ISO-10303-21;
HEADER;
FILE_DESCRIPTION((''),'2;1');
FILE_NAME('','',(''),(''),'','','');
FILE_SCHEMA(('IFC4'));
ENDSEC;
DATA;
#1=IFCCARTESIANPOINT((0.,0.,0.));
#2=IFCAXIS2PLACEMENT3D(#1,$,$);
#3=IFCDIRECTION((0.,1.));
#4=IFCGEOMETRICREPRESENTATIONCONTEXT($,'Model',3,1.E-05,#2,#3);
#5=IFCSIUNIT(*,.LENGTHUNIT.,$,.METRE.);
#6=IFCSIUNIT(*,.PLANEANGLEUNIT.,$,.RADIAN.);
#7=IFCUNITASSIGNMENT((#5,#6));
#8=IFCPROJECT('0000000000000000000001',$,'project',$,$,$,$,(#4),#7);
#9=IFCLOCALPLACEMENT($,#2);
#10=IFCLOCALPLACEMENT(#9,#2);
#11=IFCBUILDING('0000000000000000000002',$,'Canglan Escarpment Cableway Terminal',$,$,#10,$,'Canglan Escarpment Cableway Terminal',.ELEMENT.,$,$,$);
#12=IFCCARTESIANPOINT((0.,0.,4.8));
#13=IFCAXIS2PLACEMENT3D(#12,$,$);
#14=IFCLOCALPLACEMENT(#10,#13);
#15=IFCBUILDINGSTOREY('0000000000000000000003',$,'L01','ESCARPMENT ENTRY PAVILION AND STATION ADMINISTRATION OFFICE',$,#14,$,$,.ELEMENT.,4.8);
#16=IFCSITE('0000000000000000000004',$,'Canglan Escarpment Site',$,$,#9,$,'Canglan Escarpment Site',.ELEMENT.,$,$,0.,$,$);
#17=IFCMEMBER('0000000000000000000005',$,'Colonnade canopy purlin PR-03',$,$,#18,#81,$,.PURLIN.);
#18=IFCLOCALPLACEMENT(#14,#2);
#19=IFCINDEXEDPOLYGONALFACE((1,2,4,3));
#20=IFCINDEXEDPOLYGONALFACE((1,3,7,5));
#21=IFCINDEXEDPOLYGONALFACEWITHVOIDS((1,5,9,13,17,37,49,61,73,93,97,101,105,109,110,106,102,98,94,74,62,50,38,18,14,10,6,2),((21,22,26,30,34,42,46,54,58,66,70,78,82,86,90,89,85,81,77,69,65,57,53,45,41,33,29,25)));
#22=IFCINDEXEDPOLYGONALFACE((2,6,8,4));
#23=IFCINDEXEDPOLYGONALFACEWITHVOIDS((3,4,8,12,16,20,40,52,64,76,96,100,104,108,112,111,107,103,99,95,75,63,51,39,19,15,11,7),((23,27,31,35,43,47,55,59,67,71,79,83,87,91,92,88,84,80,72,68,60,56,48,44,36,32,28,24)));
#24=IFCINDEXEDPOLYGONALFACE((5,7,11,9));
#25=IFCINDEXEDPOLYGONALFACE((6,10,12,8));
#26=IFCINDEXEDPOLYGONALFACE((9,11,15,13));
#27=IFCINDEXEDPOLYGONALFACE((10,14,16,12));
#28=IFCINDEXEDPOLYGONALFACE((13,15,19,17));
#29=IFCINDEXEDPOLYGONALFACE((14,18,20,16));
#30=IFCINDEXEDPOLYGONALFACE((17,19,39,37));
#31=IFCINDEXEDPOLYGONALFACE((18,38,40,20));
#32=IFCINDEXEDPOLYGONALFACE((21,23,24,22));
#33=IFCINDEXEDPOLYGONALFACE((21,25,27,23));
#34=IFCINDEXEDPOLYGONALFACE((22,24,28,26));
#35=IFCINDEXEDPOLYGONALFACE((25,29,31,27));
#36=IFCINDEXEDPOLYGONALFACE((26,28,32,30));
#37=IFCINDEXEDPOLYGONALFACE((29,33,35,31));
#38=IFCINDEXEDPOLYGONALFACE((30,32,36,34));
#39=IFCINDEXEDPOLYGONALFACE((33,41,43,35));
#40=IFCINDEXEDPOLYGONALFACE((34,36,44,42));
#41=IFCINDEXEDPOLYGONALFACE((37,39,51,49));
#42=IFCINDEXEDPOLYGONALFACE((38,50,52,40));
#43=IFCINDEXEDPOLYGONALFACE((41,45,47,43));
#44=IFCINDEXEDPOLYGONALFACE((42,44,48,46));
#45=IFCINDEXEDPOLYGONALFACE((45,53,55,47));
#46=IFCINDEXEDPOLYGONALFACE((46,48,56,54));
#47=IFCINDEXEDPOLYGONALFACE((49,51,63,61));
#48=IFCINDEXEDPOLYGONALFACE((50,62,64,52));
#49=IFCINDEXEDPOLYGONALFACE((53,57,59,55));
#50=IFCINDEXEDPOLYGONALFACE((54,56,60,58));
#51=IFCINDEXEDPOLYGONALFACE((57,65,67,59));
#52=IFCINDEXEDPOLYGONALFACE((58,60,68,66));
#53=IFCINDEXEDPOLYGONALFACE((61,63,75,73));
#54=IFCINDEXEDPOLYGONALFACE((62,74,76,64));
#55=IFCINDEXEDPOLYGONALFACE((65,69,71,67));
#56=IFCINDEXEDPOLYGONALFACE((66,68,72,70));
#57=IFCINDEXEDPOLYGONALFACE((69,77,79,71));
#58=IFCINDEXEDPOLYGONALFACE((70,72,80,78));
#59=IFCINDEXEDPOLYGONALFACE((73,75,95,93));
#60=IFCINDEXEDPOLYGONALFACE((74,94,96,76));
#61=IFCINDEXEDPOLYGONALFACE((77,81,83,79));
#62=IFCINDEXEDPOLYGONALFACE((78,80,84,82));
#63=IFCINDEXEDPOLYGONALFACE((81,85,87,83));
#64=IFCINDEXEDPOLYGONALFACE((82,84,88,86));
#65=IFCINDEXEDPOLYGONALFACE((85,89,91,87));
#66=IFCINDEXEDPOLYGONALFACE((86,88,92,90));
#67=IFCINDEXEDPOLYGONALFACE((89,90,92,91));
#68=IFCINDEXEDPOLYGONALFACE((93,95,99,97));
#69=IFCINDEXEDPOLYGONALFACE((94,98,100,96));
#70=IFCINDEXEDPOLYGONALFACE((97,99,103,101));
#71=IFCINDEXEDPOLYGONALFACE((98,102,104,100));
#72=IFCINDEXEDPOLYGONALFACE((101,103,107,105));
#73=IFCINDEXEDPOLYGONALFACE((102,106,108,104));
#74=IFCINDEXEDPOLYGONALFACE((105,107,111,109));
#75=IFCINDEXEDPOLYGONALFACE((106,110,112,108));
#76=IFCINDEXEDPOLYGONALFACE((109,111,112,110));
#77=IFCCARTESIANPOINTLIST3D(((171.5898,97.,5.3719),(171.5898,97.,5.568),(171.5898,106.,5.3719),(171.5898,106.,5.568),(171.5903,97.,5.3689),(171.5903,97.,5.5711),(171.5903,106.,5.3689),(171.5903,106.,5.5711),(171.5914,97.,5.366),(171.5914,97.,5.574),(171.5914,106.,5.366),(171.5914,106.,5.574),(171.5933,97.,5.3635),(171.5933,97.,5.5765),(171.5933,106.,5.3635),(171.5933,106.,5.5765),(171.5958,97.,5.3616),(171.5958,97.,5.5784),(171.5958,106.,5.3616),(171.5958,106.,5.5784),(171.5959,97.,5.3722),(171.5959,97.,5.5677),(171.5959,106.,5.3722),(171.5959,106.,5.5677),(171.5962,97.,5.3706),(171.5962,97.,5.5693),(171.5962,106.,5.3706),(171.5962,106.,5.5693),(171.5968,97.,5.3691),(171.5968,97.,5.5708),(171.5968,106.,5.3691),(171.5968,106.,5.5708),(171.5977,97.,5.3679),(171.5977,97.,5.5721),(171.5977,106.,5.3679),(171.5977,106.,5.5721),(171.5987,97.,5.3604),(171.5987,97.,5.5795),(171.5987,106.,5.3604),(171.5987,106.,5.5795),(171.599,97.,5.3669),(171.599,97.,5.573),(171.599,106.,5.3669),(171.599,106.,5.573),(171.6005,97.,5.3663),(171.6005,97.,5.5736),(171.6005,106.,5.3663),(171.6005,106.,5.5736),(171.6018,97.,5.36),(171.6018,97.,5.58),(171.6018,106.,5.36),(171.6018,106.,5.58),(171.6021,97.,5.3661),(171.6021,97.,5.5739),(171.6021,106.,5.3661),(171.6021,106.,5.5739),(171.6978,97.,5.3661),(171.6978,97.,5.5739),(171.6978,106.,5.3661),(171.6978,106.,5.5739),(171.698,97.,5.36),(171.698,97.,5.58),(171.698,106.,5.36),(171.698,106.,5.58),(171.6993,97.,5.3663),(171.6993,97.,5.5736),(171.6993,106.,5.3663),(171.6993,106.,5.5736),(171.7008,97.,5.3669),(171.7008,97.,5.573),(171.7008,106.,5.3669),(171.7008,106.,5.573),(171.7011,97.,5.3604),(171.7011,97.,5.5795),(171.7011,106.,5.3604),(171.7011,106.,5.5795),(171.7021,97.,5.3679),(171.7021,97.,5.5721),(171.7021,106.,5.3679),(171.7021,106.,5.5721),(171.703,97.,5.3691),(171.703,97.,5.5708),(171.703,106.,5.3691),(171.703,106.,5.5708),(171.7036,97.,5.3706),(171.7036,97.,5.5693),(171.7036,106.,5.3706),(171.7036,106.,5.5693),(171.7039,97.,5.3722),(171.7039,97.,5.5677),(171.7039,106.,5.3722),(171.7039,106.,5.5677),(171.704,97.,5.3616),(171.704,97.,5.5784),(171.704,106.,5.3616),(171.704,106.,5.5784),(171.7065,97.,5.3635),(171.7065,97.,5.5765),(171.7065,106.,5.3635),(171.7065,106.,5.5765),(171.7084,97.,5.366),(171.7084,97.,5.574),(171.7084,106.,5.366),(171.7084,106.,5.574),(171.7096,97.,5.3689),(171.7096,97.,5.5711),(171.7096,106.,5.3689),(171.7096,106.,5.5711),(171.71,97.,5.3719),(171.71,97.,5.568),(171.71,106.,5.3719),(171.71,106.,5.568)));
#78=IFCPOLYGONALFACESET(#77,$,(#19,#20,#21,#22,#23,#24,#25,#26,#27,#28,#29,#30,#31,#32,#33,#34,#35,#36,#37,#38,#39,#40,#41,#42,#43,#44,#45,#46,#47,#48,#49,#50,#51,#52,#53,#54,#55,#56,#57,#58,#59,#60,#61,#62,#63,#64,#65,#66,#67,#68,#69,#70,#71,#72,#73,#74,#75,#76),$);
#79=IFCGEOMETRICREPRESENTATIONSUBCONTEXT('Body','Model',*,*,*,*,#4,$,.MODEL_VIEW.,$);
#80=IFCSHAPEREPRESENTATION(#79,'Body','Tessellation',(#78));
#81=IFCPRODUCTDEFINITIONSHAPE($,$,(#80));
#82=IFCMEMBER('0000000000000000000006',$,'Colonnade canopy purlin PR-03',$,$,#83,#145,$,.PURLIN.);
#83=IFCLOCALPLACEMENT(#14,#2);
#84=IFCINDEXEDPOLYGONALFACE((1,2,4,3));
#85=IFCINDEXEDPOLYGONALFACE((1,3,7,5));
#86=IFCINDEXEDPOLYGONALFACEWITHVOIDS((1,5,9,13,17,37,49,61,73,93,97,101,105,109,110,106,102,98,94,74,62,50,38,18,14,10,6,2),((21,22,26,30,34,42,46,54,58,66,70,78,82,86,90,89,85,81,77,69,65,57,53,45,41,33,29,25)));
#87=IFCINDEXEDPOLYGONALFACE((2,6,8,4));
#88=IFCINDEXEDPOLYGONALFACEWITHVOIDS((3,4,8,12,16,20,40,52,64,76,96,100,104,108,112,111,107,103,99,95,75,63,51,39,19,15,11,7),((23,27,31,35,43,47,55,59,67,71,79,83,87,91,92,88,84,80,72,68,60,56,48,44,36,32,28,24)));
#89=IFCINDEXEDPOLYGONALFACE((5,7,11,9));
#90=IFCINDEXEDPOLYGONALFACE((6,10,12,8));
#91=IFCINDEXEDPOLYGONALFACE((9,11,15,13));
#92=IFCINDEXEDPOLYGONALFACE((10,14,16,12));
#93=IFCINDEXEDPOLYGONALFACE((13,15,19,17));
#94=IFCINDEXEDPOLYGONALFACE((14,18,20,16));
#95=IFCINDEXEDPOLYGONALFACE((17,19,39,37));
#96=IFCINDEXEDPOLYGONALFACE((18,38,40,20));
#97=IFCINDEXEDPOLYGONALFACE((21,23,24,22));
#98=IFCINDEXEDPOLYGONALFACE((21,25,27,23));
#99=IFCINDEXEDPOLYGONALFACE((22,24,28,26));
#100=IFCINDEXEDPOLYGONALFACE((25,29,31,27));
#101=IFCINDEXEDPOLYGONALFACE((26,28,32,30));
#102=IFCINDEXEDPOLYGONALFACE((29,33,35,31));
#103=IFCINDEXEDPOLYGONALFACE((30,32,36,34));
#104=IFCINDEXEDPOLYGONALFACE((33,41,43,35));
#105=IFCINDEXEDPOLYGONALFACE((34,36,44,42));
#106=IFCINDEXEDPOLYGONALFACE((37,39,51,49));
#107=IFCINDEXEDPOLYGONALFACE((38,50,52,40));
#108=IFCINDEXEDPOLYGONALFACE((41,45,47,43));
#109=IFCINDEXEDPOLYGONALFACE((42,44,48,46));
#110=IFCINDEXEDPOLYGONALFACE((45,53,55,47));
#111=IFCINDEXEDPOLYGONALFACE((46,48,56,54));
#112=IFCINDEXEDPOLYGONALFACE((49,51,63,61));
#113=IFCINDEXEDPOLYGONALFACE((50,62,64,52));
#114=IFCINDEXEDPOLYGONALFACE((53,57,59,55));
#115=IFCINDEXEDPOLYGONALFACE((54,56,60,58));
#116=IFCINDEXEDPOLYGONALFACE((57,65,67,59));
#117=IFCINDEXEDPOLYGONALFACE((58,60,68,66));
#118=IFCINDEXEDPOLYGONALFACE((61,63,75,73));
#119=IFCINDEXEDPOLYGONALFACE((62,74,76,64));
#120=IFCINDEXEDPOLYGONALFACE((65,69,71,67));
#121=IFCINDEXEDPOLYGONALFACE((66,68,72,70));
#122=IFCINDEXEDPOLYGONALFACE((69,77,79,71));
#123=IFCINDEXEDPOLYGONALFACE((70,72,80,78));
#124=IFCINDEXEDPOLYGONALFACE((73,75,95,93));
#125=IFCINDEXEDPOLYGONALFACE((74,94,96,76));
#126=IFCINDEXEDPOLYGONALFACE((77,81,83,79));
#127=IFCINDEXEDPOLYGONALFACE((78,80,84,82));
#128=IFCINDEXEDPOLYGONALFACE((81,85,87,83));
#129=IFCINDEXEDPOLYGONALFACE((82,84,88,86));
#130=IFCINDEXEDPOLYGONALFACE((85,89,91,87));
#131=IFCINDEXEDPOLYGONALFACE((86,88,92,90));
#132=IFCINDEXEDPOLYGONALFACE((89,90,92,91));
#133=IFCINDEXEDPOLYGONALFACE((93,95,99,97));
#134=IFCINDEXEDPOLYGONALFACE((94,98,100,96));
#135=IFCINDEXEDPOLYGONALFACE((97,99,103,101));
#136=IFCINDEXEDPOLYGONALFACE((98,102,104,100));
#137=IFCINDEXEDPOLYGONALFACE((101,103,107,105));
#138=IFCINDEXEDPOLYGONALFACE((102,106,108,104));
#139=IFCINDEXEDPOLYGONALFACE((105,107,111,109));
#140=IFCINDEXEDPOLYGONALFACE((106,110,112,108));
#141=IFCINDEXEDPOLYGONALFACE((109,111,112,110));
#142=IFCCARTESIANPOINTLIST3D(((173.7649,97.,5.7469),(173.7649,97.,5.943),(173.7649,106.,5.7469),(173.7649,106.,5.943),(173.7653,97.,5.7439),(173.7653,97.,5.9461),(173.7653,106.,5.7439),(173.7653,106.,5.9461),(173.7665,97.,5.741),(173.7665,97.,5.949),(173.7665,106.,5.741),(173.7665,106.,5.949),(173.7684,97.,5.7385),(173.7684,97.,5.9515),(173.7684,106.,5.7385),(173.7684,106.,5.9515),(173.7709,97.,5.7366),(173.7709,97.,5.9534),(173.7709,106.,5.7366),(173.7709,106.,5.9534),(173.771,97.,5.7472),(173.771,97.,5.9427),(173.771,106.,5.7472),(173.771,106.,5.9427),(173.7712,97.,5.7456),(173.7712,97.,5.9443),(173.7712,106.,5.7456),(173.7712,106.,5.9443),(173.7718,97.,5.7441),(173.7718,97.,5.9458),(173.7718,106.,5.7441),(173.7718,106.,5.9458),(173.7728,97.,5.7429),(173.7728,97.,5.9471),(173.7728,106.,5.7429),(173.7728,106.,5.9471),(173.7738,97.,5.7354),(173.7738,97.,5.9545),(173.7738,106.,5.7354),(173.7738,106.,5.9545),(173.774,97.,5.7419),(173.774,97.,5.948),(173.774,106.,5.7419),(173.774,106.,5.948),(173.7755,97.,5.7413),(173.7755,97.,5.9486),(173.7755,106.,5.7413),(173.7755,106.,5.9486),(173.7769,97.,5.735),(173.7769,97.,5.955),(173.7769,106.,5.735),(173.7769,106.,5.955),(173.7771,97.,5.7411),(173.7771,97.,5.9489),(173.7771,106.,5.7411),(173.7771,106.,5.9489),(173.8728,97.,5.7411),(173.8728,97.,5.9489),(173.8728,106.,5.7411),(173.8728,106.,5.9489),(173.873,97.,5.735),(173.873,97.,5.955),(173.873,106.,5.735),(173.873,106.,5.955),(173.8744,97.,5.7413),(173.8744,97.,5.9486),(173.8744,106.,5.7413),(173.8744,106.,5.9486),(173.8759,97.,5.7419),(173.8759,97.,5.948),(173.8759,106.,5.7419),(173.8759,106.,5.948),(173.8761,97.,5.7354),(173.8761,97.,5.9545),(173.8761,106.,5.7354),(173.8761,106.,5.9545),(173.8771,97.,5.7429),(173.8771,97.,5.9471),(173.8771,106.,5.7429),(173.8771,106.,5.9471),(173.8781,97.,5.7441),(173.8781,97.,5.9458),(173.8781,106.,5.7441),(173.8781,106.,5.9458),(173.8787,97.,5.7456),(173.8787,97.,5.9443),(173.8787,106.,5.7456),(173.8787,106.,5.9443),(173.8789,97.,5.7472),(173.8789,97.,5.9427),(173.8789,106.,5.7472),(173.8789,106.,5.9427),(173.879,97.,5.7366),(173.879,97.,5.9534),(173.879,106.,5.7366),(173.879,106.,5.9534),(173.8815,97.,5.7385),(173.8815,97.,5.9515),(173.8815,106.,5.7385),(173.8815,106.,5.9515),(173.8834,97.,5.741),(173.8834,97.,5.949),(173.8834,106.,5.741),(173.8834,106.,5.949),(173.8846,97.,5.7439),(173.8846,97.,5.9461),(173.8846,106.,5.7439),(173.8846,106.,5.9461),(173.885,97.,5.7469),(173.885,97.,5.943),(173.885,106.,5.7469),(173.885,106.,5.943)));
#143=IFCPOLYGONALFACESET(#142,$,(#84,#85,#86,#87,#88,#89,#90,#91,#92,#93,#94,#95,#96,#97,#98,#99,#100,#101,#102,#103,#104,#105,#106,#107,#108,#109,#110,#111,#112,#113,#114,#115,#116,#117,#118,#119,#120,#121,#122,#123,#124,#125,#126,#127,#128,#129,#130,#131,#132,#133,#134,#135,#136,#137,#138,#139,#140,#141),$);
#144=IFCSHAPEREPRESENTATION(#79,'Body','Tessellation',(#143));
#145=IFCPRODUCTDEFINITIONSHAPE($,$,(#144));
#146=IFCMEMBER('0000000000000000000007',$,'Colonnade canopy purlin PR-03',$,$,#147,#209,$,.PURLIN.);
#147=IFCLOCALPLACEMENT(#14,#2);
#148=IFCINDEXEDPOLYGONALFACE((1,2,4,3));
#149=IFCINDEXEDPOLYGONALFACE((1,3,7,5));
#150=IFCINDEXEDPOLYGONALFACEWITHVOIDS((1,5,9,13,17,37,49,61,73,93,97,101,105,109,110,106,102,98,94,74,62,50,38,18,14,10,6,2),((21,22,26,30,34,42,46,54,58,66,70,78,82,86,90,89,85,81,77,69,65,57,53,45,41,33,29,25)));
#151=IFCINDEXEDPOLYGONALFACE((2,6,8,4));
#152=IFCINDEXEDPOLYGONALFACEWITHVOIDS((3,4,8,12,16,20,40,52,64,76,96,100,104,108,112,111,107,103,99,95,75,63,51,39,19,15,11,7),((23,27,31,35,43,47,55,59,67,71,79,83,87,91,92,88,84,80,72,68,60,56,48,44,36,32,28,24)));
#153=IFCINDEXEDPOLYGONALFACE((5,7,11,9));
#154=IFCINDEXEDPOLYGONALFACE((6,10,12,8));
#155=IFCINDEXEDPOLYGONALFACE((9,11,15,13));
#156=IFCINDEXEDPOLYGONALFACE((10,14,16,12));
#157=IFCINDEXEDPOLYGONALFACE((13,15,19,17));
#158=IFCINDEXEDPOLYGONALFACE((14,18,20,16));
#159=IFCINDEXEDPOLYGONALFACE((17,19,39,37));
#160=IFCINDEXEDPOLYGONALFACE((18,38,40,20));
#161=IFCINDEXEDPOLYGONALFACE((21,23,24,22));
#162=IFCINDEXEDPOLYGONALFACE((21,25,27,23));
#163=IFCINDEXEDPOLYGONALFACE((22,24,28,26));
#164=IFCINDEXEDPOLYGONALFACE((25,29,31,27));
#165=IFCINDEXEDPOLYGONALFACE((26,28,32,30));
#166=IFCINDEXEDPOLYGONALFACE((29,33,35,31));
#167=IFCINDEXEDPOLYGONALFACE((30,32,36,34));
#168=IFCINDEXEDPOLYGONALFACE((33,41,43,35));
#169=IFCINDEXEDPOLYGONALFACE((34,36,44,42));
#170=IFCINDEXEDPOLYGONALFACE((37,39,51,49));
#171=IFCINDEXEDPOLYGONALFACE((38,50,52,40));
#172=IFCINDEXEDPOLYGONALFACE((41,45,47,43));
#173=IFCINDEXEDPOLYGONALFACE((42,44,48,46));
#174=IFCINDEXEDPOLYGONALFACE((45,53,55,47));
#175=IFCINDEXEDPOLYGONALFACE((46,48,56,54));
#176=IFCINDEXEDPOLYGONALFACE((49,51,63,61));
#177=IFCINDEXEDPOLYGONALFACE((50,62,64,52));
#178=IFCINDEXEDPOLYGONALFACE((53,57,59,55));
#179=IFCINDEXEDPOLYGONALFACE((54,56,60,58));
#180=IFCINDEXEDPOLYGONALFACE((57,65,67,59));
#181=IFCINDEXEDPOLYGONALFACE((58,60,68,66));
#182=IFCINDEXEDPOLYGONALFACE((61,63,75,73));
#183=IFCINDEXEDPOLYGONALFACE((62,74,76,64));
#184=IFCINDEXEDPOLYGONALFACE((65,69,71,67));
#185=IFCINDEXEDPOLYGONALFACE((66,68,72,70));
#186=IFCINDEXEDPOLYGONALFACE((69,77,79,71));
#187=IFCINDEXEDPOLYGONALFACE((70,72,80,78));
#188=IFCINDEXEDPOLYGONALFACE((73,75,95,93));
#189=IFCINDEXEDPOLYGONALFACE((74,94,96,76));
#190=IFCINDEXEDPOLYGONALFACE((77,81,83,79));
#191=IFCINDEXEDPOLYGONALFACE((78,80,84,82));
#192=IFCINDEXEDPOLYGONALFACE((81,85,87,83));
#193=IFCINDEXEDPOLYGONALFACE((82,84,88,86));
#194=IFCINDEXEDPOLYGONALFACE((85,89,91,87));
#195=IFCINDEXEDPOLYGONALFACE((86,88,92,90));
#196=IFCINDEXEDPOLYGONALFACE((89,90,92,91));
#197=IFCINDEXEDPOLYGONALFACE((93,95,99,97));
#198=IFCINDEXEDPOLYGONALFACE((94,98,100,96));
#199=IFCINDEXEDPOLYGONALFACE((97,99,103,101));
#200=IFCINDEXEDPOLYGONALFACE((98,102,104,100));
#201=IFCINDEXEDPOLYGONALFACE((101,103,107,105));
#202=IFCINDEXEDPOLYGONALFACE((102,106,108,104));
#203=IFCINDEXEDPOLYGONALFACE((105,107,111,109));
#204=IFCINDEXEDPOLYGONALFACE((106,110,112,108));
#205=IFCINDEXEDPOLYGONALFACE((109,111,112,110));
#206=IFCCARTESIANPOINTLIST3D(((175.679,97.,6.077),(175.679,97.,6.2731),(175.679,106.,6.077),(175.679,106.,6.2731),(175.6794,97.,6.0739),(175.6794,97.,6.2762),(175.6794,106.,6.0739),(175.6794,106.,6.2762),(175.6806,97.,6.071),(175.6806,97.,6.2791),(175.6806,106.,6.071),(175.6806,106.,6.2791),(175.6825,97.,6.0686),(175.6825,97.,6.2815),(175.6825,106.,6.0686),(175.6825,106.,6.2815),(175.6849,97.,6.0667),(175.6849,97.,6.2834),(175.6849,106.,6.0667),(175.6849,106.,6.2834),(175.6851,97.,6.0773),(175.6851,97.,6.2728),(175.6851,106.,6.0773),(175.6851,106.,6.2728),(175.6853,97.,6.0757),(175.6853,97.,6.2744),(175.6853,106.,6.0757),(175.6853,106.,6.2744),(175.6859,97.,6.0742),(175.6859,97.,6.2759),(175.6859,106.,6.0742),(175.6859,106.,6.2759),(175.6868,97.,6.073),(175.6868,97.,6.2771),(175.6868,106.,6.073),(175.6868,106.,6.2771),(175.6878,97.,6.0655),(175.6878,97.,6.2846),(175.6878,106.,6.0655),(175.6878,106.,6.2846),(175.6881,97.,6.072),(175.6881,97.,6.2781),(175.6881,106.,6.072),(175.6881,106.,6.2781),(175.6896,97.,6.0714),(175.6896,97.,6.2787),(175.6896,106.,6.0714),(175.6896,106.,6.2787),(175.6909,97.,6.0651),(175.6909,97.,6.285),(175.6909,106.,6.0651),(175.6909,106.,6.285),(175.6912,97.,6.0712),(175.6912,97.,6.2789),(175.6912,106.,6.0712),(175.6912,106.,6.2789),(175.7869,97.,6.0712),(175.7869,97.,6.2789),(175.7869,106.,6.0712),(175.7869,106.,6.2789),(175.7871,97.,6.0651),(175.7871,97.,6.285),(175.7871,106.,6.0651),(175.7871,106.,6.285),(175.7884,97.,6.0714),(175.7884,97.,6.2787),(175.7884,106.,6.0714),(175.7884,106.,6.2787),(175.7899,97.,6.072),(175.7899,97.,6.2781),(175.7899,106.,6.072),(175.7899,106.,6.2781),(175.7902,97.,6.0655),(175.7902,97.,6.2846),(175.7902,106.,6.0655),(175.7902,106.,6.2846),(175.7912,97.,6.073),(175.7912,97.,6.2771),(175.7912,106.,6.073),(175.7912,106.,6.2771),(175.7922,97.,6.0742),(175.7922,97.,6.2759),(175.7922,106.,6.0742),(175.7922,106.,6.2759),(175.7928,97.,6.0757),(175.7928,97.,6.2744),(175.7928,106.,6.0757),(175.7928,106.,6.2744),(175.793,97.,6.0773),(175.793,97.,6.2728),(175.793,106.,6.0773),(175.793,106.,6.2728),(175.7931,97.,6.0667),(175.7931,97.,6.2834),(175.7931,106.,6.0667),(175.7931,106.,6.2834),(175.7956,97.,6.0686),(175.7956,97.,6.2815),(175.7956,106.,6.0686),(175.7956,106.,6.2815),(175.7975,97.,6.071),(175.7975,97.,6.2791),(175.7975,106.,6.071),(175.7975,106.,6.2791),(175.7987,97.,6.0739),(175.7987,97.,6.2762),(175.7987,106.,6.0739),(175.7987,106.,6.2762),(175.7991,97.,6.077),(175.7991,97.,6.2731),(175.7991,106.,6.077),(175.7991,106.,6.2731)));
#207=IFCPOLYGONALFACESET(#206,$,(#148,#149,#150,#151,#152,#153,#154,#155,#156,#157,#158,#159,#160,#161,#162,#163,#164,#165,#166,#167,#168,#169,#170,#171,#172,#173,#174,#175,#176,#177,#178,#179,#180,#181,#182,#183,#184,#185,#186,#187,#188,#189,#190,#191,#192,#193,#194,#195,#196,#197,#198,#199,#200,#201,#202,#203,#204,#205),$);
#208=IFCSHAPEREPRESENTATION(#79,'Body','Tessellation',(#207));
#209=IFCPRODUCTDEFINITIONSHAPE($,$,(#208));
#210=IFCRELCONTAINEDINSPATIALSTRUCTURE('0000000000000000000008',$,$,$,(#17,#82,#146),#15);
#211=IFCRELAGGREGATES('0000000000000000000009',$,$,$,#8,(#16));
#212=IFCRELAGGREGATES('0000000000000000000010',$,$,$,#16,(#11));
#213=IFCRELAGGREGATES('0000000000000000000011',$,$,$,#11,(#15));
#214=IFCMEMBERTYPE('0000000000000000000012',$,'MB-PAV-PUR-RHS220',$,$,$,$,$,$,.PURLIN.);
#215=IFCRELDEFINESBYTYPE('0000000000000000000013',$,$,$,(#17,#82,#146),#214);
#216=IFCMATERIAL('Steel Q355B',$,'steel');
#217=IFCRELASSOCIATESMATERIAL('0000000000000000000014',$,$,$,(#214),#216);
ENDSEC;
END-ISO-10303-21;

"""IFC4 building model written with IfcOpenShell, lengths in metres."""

from ifc_helpers import new_model, si_unit, direction, frame, origin, origin_2d, place, context, subcontext, project, spatial, hollow_rectangle, extrude, material, material_profile, profile_set, type_object, element, save


model = new_model("IFC4")

# Units and contexts
model_context = context("Model", 3, precision=1e-05, world=origin(), true_north=direction((0.0, 1.0)))
body_context = subcontext(model_context, "Body", "Model", "MODEL_VIEW")
ifc_project = project(units=[si_unit("LENGTHUNIT", "METRE"), si_unit("PLANEANGLEUNIT", "RADIAN")], contexts=[model_context])

# Site, building, storey
site_placement = place(None, origin())
site = spatial("IfcSite", under=ifc_project, at=site_placement, Name="Canglan Escarpment Site", LongName="Canglan Escarpment Site", CompositionType="ELEMENT", RefElevation=0.0)
building_placement = place(site_placement, origin())
building = spatial("IfcBuilding", under=site, at=building_placement, Name="Canglan Escarpment Cableway Terminal", LongName="Canglan Escarpment Cableway Terminal", CompositionType="ELEMENT")
storey_placement = place(building_placement, frame((0.0, 0.0, 4.8)))
storey = spatial("IfcBuildingStorey", under=building, at=storey_placement, Name="L01", Description="ESCARPMENT ENTRY PAVILION AND STATION ADMINISTRATION OFFICE", CompositionType="ELEMENT", Elevation=4.8)

# Shared definitions
ifc_material_1 = material(Name="Steel Q355B", Category="steel")

# Members
ifc_material_profile_1 = material_profile(ifc_material_1, hollow_rectangle(XDim=0.1201, YDim=0.22, WallThickness=0.0061, InnerFilletRadius=0.0061, OuterFilletRadius=0.012, at=origin_2d()), Name="RHS 220x120x6")
ifc_profile_set_1 = profile_set([ifc_material_profile_1], Name="Steel Q355B")
member_type_1 = type_object("IfcMemberType", Name="MB-PAV-PUR-RHS220", PredefinedType="PURLIN", material=ifc_profile_set_1)
for number, where, z_axis, x_axis, name in (
    (1, (171.6499, 97.0, 5.47), (0.0, 1.0, 0.0), (-1.0, 0.0, 0.0), "Colonnade canopy purlin PR-03"),
    (2, (173.825, 97.0, 5.845), (0.0, 1.0, 0.0), (-1.0, 0.0, 0.0), "Colonnade canopy purlin PR-03"),
    (3, (175.739, 97.0, 6.175), (0.0, 1.0, 0.0), (-1.0, 0.0, 0.0), "Colonnade canopy purlin PR-03"),
):
    element("IfcMember", number, at=place(storey_placement, frame(where, z_axis=z_axis, x_axis=x_axis)), inside=storey, type_object=member_type_1, Name=name, PredefinedType="PURLIN", context=body_context, shape_type="SweptSolid", body=[
        extrude(hollow_rectangle(XDim=0.1201, YDim=0.22, WallThickness=0.0061, InnerFilletRadius=0.0061, OuterFilletRadius=0.012, at=origin_2d()), origin(), (0.0, 0.0, 1.0), 9.0),
    ])

save(model, "model.ifc")
